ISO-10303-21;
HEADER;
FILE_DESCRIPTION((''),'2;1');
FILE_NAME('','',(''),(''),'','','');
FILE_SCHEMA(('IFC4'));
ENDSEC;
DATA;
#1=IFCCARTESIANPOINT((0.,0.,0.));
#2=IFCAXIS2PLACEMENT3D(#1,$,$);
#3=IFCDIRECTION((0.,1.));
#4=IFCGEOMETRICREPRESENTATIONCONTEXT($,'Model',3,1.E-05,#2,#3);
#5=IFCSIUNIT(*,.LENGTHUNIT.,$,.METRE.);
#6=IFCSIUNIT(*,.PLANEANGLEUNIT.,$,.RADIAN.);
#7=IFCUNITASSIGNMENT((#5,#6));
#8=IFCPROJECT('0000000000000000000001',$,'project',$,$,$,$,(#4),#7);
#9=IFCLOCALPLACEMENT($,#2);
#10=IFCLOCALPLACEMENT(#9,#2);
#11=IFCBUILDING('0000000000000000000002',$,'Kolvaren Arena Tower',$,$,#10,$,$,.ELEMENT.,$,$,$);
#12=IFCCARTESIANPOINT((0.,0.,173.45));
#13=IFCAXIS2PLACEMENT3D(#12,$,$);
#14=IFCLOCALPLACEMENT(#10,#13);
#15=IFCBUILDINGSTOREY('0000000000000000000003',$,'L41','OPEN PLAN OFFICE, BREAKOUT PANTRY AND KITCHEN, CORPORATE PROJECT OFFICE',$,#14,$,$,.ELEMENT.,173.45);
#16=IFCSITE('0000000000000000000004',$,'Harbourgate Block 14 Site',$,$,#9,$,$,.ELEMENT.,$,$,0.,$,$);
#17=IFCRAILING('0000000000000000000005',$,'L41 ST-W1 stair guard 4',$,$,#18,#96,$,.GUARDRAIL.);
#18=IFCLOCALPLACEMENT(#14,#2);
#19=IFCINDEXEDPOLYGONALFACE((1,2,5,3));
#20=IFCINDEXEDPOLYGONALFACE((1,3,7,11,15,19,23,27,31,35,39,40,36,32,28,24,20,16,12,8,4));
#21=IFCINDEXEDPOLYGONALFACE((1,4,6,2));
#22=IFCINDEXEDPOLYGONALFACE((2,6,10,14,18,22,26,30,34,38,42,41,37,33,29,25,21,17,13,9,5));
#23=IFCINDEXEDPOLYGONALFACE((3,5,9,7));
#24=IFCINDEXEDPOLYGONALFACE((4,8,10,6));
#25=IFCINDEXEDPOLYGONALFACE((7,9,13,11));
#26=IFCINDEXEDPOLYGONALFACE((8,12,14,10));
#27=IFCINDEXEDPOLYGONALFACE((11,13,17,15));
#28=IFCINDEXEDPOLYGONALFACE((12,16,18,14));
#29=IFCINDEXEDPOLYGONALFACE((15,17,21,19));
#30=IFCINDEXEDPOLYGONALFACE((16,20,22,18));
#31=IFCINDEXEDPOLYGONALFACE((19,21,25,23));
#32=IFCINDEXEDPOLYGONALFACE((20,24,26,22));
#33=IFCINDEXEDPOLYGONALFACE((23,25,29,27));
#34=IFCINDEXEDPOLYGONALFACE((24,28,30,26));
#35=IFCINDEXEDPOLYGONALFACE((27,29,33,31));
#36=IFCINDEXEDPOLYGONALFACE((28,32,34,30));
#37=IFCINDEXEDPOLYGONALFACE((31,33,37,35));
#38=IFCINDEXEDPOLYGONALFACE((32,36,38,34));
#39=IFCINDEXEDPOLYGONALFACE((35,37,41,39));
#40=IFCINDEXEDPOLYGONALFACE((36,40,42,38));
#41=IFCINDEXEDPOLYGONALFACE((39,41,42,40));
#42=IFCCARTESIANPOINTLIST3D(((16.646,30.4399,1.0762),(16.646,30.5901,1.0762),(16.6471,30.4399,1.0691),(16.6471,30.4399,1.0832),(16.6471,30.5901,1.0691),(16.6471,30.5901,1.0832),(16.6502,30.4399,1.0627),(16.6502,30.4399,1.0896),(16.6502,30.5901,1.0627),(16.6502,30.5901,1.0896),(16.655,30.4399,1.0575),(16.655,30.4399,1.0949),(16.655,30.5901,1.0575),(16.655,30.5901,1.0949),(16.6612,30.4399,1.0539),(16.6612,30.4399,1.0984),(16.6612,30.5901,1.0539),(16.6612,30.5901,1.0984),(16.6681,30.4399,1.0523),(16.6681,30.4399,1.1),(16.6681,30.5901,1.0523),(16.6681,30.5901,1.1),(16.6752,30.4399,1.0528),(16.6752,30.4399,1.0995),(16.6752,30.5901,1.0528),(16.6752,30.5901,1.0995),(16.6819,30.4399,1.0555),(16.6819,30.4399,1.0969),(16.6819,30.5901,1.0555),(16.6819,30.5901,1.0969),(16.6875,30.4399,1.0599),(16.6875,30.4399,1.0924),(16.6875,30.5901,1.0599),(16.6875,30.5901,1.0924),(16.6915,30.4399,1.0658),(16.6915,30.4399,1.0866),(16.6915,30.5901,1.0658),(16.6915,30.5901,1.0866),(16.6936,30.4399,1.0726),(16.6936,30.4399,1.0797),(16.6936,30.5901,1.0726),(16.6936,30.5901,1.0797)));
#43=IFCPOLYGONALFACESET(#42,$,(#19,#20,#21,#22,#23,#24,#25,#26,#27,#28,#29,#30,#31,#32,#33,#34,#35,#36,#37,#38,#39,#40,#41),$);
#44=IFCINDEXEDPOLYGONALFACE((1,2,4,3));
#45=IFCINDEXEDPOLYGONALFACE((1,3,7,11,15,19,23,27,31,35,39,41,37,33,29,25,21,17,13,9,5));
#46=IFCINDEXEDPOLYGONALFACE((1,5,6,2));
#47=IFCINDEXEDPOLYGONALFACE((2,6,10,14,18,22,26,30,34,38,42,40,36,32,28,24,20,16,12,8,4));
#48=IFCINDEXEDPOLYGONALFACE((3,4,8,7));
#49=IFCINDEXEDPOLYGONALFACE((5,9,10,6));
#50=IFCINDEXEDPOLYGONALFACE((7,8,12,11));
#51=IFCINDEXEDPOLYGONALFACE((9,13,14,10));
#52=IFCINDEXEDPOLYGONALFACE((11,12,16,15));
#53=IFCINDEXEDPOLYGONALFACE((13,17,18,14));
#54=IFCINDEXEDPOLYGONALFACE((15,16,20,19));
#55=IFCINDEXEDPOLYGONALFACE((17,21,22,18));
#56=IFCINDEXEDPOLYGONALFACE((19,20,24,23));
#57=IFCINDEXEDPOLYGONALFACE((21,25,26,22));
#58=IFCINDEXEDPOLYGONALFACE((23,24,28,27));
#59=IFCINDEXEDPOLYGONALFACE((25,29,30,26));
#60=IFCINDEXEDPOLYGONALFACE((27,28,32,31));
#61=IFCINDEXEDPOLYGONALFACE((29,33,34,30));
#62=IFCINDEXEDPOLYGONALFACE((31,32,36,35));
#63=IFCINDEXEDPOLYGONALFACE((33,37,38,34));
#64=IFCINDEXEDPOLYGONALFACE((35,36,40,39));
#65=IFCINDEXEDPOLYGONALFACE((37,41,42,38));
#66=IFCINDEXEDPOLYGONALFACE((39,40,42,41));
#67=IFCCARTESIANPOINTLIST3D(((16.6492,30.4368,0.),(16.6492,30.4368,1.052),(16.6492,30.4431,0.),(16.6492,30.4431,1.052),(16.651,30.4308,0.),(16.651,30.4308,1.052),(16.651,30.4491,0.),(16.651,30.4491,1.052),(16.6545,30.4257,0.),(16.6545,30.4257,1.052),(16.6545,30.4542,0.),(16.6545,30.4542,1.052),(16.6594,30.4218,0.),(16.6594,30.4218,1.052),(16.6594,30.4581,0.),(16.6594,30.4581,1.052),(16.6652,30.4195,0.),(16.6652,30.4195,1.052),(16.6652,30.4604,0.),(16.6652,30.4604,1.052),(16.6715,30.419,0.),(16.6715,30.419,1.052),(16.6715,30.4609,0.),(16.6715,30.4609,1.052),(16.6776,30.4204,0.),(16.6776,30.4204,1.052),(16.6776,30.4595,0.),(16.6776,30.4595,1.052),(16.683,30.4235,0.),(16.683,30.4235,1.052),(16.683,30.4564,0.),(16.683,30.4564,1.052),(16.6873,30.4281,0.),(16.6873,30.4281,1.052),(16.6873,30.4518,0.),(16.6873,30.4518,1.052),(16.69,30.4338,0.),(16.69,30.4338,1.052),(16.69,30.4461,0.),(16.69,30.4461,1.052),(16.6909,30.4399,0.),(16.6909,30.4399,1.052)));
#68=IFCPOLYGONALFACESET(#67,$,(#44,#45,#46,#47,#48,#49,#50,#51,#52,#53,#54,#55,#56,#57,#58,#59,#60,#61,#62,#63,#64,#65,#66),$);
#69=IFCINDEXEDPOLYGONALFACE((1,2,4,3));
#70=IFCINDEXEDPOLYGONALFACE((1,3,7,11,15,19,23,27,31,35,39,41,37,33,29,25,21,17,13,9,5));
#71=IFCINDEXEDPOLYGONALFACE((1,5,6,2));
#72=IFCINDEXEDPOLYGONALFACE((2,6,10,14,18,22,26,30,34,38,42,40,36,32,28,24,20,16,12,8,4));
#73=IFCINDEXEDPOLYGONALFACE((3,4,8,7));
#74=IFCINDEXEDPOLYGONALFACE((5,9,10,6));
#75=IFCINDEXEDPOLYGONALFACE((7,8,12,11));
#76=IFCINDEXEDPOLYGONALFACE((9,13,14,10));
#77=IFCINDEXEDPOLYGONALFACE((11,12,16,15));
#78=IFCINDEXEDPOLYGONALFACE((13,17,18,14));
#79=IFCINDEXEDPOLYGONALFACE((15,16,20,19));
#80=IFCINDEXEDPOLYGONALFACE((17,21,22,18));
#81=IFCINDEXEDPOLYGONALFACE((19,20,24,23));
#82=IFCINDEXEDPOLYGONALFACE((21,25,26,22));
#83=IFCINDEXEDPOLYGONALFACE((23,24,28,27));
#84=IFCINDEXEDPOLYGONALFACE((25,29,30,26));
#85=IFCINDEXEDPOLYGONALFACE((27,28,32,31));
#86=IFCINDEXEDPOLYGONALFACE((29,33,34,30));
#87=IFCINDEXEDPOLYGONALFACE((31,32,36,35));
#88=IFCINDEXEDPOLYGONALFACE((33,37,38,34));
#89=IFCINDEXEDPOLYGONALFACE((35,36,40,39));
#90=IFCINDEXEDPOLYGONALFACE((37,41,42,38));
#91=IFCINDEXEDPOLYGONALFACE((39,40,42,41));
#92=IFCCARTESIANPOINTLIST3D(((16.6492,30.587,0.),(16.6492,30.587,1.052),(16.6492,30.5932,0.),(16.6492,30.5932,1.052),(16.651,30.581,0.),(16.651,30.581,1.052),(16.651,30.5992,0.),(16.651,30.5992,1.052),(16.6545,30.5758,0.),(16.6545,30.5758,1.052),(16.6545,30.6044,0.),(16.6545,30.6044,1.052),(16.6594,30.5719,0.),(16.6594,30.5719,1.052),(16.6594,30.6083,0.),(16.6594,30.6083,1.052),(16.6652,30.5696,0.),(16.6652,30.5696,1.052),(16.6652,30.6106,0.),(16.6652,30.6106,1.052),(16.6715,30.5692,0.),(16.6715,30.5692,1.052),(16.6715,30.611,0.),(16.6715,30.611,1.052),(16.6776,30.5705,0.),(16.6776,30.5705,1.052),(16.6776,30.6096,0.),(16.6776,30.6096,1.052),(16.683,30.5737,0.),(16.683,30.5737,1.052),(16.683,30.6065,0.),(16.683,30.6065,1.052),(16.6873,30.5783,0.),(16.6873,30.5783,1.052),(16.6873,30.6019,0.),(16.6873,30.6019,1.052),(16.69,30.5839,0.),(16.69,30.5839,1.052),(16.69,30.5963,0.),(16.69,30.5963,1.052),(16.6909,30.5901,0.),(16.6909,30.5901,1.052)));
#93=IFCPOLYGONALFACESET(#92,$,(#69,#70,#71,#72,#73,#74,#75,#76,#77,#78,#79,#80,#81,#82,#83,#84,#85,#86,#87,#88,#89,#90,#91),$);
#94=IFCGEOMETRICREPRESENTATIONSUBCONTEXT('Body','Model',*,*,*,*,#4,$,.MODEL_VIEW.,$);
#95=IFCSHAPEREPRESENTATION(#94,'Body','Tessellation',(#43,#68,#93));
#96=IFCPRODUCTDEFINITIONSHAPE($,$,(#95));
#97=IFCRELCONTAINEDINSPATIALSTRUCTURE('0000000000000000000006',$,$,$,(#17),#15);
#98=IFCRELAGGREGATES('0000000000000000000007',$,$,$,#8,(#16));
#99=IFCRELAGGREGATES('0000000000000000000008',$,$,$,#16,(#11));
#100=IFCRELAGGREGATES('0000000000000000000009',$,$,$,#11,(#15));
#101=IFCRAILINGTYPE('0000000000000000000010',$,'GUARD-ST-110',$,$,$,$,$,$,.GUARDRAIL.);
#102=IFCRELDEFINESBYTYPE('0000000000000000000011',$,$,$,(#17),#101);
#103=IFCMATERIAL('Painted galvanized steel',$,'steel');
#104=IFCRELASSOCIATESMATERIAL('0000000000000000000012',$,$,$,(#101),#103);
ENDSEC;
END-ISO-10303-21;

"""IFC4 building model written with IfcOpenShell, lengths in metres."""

from ifc_helpers import new_model, si_unit, direction, frame, origin, origin_2d, place, context, subcontext, project, spatial, circle, extrude, material, type_object, element, save


model = new_model("IFC4")

# Units and contexts
model_context = context("Model", 3, precision=1e-05, world=origin(), true_north=direction((0.0, 1.0)))
body_context = subcontext(model_context, "Body", "Model", "MODEL_VIEW")
ifc_project = project(units=[si_unit("LENGTHUNIT", "METRE"), si_unit("PLANEANGLEUNIT", "RADIAN")], contexts=[model_context])

# Site, building, storey
site_placement = place(None, origin())
site = spatial("IfcSite", under=ifc_project, at=site_placement, Name="Harbourgate Block 14 Site", CompositionType="ELEMENT", RefElevation=0.0)
building_placement = place(site_placement, origin())
building = spatial("IfcBuilding", under=site, at=building_placement, Name="Kolvaren Arena Tower", CompositionType="ELEMENT")
storey_placement = place(building_placement, frame((0.0, 0.0, 173.45)))
storey = spatial("IfcBuildingStorey", under=building, at=storey_placement, Name="L41", Description="OPEN PLAN OFFICE, BREAKOUT PANTRY AND KITCHEN, CORPORATE PROJECT OFFICE", CompositionType="ELEMENT", Elevation=173.45)

# Railing
ifc_material_1 = material(Name="Painted galvanized steel", Category="steel")
railing_type_1 = type_object("IfcRailingType", Name="GUARD-ST-110", PredefinedType="GUARDRAIL", material=ifc_material_1)
railing_1_placement = place(storey_placement, frame((16.6699, 30.4399, 0.0)))
element("IfcRailing", 1, at=railing_1_placement, inside=storey, type_object=railing_type_1, Name="L41 ST-W1 stair guard 4", PredefinedType="GUARDRAIL", context=body_context, shape_type="SweptSolid", body=[
    extrude(circle(Radius=0.0239, at=origin_2d()), frame((0.0, 0.0, 1.0762), z_axis=(0.0, 1.0, 0.0), x_axis=(-1.0, 0.0, 0.0)), (0.0, 0.0, 1.0), 0.1501),
    extrude(circle(Radius=0.021, at=origin_2d()), origin(), (0.0, 0.0, 1.0), 1.052),
    extrude(circle(Radius=0.021, at=origin_2d()), frame((0.0, 0.1501, 0.0)), (0.0, 0.0, 1.0), 1.052),
])

save(model, "model.ifc")
